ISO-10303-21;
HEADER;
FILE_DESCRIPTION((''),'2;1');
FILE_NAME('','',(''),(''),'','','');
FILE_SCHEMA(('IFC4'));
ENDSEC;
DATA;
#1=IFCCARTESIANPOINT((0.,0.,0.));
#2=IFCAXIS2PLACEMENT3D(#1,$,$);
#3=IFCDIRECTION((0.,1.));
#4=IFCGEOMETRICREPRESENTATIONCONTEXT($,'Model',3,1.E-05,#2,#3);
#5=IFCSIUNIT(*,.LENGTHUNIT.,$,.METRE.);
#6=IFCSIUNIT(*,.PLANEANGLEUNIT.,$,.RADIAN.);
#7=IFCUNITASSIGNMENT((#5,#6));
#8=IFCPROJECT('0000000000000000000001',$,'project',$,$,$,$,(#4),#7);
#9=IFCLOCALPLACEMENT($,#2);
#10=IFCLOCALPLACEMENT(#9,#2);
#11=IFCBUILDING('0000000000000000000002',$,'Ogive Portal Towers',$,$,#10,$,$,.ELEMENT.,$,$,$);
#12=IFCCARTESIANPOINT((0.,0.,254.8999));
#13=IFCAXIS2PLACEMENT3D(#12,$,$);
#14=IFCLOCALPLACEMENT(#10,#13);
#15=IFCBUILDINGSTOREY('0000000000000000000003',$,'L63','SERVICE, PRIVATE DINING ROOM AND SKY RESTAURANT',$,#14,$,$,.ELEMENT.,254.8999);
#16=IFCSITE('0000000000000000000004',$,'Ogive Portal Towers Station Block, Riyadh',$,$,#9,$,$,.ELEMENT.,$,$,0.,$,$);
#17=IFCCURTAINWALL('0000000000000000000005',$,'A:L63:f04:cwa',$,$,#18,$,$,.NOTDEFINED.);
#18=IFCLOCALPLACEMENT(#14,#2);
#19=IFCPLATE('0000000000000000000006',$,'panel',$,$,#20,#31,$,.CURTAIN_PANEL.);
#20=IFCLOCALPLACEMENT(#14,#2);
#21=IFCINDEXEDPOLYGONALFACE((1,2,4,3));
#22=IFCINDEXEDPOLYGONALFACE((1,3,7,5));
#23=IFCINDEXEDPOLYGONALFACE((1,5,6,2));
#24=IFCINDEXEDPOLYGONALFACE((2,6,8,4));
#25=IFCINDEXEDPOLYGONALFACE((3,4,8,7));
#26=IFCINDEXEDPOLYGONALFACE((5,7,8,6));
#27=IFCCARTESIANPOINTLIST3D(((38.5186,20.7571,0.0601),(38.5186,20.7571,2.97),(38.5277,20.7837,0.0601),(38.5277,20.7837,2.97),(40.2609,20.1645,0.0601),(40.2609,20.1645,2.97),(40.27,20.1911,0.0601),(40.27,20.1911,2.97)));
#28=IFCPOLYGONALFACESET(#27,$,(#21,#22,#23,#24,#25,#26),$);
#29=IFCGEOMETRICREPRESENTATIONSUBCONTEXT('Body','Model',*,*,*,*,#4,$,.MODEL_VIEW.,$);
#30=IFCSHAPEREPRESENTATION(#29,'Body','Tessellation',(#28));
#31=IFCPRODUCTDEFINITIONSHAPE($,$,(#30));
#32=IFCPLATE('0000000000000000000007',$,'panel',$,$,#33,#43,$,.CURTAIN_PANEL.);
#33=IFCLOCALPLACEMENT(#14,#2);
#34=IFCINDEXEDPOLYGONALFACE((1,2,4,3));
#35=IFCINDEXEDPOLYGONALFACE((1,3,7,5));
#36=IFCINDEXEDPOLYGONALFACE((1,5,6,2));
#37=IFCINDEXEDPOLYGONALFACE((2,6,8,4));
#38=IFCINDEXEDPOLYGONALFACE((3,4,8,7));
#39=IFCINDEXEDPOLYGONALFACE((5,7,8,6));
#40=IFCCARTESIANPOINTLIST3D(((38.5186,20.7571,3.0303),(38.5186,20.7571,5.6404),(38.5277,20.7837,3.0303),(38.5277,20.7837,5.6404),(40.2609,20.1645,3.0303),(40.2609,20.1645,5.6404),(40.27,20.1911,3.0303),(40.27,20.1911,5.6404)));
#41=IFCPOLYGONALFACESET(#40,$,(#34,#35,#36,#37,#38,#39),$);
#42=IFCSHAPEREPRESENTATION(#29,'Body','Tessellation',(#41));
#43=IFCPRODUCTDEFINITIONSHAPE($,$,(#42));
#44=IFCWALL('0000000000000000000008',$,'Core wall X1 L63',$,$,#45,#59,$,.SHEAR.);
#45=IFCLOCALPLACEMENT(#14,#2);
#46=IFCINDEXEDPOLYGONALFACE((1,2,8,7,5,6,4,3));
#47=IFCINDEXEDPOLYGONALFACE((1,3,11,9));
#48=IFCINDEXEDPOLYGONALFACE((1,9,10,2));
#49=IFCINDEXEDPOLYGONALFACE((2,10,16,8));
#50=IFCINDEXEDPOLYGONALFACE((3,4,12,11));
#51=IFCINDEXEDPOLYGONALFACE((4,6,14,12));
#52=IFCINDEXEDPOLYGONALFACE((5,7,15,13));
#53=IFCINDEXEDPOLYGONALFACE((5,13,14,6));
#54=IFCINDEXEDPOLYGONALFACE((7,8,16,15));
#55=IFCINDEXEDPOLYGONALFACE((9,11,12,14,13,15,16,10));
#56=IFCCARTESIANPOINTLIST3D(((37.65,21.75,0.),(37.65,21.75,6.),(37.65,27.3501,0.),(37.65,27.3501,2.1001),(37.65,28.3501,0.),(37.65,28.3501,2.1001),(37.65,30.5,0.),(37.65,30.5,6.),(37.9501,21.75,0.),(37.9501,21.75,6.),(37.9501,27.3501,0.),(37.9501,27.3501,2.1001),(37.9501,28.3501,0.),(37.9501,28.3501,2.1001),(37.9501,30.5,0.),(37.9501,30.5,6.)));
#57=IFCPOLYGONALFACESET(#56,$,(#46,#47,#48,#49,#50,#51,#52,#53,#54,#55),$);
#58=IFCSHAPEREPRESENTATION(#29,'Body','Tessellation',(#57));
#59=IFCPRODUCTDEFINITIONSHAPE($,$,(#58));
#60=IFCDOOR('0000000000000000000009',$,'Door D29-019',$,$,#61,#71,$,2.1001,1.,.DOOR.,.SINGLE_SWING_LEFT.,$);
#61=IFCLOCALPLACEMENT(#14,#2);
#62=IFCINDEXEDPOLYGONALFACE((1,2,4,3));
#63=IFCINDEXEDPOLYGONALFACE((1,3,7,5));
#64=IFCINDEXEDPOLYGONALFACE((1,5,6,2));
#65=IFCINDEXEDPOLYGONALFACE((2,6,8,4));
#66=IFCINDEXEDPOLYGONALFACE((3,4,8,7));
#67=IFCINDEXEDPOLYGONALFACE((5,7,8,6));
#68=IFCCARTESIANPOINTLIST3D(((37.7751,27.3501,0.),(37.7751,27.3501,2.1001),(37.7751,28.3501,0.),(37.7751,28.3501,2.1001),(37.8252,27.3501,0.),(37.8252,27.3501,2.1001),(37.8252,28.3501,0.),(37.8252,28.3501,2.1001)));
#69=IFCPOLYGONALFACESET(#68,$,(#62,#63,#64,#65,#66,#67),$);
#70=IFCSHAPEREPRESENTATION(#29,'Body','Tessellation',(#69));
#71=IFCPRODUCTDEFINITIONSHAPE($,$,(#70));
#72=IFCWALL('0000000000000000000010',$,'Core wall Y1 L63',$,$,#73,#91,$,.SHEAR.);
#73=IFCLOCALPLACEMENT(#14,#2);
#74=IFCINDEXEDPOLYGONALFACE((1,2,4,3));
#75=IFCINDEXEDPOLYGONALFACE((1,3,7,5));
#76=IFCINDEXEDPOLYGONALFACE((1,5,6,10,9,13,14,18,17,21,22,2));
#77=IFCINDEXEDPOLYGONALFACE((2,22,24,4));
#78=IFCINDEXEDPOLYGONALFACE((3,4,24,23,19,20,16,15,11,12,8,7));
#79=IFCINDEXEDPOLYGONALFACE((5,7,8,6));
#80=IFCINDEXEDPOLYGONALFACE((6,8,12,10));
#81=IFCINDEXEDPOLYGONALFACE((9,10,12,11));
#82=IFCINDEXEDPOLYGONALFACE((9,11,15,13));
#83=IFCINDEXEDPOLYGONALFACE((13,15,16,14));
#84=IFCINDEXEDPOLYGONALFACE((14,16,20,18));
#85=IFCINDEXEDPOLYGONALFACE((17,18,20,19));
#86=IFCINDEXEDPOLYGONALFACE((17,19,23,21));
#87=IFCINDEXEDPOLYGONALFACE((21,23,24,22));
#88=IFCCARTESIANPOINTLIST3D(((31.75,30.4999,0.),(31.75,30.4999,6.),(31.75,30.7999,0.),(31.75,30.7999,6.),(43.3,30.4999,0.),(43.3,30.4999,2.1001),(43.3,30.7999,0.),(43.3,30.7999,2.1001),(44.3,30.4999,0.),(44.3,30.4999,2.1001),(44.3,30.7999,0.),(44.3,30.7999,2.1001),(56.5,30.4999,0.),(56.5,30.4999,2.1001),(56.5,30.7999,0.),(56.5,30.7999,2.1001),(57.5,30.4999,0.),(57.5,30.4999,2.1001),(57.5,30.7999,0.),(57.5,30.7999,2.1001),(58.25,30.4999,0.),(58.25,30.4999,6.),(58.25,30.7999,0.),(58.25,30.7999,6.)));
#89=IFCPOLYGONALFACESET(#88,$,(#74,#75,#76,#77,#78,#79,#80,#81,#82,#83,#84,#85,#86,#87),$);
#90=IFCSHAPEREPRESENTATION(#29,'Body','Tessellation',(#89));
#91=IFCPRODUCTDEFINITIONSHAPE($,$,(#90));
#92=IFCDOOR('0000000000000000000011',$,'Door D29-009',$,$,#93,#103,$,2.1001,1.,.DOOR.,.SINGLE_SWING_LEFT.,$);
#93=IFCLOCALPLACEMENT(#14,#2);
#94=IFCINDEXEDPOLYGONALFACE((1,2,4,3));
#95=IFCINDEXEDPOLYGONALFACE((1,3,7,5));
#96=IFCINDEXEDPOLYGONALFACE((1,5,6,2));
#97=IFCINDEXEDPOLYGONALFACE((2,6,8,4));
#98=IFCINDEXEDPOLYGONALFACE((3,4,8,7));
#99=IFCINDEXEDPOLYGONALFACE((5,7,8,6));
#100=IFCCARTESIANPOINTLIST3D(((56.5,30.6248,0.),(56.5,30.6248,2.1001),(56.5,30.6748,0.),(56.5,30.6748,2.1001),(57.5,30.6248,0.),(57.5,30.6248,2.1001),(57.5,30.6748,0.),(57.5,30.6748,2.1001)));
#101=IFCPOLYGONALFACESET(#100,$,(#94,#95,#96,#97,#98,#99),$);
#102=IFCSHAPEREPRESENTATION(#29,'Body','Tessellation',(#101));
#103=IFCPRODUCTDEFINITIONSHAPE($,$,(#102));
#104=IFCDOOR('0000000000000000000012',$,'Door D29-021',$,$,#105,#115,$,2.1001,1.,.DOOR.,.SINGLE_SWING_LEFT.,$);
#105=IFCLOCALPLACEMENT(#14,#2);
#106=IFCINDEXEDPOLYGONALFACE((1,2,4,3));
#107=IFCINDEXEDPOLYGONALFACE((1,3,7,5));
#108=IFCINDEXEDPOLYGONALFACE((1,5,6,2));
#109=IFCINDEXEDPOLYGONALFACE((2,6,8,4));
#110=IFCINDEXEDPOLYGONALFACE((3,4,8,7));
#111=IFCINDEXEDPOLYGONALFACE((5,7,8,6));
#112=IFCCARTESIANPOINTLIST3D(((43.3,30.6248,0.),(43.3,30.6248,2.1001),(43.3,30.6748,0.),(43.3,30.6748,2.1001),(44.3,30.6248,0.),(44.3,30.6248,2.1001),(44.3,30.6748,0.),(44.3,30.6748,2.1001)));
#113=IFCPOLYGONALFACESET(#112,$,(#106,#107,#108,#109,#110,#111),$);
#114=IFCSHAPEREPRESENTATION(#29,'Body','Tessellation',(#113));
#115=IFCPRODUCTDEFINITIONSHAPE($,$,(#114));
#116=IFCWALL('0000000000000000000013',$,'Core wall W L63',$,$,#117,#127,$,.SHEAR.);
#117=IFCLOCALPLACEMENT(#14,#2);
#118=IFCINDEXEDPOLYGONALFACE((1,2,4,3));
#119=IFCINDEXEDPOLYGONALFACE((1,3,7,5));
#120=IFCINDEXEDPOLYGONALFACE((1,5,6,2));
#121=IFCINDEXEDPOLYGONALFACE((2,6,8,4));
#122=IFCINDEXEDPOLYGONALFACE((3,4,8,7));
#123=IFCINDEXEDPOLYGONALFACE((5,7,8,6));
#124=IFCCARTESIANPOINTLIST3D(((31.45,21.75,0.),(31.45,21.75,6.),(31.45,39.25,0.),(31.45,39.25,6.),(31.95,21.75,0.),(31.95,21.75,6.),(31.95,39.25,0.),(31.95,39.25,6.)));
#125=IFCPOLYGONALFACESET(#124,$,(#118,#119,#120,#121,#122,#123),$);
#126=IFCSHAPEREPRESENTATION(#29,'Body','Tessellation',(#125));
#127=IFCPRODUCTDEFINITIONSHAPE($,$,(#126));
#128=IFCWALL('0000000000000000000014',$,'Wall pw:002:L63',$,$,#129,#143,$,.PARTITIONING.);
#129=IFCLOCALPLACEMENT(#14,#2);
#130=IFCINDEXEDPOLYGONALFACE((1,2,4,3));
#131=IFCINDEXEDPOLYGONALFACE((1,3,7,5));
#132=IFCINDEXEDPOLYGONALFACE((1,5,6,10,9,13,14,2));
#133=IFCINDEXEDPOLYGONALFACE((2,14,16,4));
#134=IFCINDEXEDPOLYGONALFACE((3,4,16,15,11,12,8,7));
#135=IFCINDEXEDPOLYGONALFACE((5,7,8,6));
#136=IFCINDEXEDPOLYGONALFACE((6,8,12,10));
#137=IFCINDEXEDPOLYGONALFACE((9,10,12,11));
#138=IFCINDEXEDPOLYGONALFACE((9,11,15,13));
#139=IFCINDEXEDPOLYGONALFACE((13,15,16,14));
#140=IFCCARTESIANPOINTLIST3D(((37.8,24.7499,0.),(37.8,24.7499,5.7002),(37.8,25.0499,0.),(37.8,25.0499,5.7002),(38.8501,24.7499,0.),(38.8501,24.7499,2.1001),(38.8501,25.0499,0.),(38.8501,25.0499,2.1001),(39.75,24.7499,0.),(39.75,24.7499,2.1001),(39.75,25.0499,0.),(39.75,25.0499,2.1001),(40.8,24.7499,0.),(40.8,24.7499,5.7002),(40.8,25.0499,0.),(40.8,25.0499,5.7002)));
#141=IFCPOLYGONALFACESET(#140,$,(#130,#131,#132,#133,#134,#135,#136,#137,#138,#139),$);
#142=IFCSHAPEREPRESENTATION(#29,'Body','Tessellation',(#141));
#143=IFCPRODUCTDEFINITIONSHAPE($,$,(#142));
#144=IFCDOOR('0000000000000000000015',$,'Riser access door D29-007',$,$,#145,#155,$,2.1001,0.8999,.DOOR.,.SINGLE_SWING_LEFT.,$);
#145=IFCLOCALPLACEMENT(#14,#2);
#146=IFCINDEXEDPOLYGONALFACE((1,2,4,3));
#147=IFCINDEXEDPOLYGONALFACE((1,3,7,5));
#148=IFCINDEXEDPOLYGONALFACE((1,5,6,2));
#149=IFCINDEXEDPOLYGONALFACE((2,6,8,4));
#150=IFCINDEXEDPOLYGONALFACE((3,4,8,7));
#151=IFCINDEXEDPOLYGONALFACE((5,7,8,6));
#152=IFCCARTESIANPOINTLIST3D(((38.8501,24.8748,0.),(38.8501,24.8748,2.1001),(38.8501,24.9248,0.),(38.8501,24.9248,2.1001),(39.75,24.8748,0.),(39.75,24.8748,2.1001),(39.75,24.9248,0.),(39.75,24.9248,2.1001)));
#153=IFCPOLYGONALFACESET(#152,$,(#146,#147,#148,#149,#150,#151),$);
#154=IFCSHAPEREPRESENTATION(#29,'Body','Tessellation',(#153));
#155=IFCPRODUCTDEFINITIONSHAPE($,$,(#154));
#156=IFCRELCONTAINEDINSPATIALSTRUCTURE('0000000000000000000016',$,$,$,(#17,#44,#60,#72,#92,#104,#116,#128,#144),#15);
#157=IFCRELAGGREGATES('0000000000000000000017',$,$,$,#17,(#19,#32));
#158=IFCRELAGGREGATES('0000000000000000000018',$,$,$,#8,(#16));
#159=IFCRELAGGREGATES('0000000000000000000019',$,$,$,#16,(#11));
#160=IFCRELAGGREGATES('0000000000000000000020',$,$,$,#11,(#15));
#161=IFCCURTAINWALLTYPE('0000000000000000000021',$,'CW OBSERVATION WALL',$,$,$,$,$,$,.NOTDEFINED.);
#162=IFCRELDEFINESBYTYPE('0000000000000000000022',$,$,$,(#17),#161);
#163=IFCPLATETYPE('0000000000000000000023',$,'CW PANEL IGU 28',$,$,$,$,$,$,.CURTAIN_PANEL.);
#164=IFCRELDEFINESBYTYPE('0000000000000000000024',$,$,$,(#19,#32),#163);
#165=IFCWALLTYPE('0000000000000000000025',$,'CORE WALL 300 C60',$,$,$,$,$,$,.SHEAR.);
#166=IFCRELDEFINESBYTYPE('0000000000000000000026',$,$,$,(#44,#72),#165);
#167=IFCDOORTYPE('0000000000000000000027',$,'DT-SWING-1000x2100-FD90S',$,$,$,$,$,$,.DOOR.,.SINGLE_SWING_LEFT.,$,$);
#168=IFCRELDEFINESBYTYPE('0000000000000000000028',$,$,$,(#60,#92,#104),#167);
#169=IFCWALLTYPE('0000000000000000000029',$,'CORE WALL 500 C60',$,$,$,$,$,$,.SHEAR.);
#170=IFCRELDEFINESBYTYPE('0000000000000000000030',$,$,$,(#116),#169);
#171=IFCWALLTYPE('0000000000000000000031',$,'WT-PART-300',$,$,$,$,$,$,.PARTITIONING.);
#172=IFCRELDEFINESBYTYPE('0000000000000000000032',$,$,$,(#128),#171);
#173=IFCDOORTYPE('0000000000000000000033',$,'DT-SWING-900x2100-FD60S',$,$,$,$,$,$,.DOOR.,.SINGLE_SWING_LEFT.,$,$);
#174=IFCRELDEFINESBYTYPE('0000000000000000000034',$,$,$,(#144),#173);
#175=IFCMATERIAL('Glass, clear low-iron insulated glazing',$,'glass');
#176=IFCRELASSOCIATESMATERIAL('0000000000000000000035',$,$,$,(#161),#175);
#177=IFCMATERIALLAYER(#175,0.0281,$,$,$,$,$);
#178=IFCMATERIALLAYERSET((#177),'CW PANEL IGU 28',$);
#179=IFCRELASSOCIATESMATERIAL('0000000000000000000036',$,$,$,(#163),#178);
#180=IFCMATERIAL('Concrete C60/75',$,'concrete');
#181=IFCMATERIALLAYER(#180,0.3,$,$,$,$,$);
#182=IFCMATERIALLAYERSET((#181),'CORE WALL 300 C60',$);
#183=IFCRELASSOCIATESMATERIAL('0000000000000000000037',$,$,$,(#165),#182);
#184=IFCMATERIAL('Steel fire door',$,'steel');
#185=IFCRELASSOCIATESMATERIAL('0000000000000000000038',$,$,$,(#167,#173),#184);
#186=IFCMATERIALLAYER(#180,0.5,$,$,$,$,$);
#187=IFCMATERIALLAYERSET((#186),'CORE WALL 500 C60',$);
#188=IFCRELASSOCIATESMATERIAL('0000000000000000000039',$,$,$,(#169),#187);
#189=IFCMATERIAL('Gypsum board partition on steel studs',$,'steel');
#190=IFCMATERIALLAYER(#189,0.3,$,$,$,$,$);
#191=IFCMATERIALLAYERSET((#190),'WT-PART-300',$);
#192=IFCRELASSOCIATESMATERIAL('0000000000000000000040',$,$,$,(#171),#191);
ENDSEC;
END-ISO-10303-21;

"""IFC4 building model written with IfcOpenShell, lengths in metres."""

from ifc_helpers import new_model, si_unit, direction, frame, frame_2d, origin, origin_2d, place, context, subcontext, project, spatial, rectangle, extrude, material, layer, layer_set, type_object, element, fill, aggregate, save


model = new_model("IFC4")

# Units and contexts
model_context = context("Model", 3, precision=1e-05, world=origin(), true_north=direction((0.0, 1.0)))
body_context = subcontext(model_context, "Body", "Model", "MODEL_VIEW")
ifc_project = project(units=[si_unit("LENGTHUNIT", "METRE"), si_unit("PLANEANGLEUNIT", "RADIAN")], contexts=[model_context])

# Site, building, storey
site_placement = place(None, origin())
site = spatial("IfcSite", under=ifc_project, at=site_placement, Name="Ogive Portal Towers Station Block, Riyadh", CompositionType="ELEMENT", RefElevation=0.0)
building_placement = place(site_placement, origin())
building = spatial("IfcBuilding", under=site, at=building_placement, Name="Ogive Portal Towers", CompositionType="ELEMENT")
storey_placement = place(building_placement, frame((0.0, 0.0, 254.8999)))
storey = spatial("IfcBuildingStorey", under=building, at=storey_placement, Name="L63", Description="SERVICE, PRIVATE DINING ROOM AND SKY RESTAURANT", CompositionType="ELEMENT", Elevation=254.8999)

# Curtain wall
ifc_material_1 = material(Name="Glass, clear low-iron insulated glazing", Category="glass")
curtain_wall_type = type_object("IfcCurtainWallType", Name="CW OBSERVATION WALL", PredefinedType="NOTDEFINED", material=ifc_material_1)
curtain_wall_1_placement = place(storey_placement, origin())
curtain_wall_1 = element("IfcCurtainWall", 1, at=curtain_wall_1_placement, inside=storey, type_object=curtain_wall_type, Name="A:L63:f04:cwa", PredefinedType="NOTDEFINED")

# Plates
ifc_layer_1 = layer(ifc_material_1, 0.0281)
ifc_layer_set_1 = layer_set([ifc_layer_1], Name="CW PANEL IGU 28")
plate_type = type_object("IfcPlateType", Name="CW PANEL IGU 28", PredefinedType="CURTAIN_PANEL", material=ifc_layer_set_1)
plate_1_placement = place(storey_placement, frame((39.3943, 20.4741, 0.0601), z_axis=(0.0, 0.0, 1.0), x_axis=(0.946736, -0.32201, 0.0)))
plate_1 = element("IfcPlate", 2, at=plate_1_placement, type_object=plate_type, Name="panel", PredefinedType="CURTAIN_PANEL", context=body_context, shape_type="SweptSolid", body=[
    extrude(rectangle(XDim=1.8403, YDim=0.0281, at=origin_2d()), origin(), (0.0, 0.0, 1.0), 2.9099),
])
plate_2_placement = place(storey_placement, frame((39.3943, 20.4741, 3.0303), z_axis=(0.0, 0.0, 1.0), x_axis=(0.946736, -0.32201, 0.0)))
plate_2 = element("IfcPlate", 3, at=plate_2_placement, type_object=plate_type, Name="panel", PredefinedType="CURTAIN_PANEL", context=body_context, shape_type="SweptSolid", body=[
    extrude(rectangle(XDim=1.8403, YDim=0.0281, at=origin_2d()), origin(), (0.0, 0.0, 1.0), 2.6101),
])
aggregate(curtain_wall_1, [plate_1, plate_2])

# Wall, opening, door
ifc_material_2 = material(Name="Concrete C60/75", Category="concrete")
ifc_layer_2 = layer(ifc_material_2, 0.3)
ifc_layer_set_2 = layer_set([ifc_layer_2], Name="CORE WALL 300 C60")
wall_type_1 = type_object("IfcWallType", Name="CORE WALL 300 C60", PredefinedType="SHEAR", material=ifc_layer_set_2)
wall_1_placement = place(storey_placement, frame((37.8, 21.75, 0.0), z_axis=(0.0, 0.0, 1.0), x_axis=(0.0, 1.0, 0.0)))
wall_1 = element("IfcWall", 4, at=wall_1_placement, inside=storey, type_object=wall_type_1, Name="Core wall X1 L63", PredefinedType="SHEAR", context=body_context, shape_type="SweptSolid", body=[
    extrude(rectangle(XDim=8.75, YDim=0.3, at=frame_2d((4.375, 0.0))), origin(), (0.0, 0.0, 1.0), 6.0),
])
opening_1_placement = place(wall_1_placement, frame((5.6001, 0.0, 0.0)))
opening_1 = element("IfcOpeningElement", 5, at=opening_1_placement, cuts=wall_1, PredefinedType="OPENING", context=body_context, shape_type="SweptSolid", body=[
    extrude(rectangle(XDim=1.0, YDim=2.1001, at=frame_2d((0.5, 1.05))), frame((0.0, 0.1602, 0.0), z_axis=(0.0, -1.0, 0.0), x_axis=(1.0, 0.0, 0.0)), (0.0, 0.0, 1.0), 0.3201),
])
ifc_material_3 = material(Name="Steel fire door", Category="steel")
door_type_1 = type_object("IfcDoorType", Name="DT-SWING-1000x2100-FD90S", OperationType="SINGLE_SWING_LEFT", PredefinedType="DOOR", material=ifc_material_3)
door_1_placement = place(opening_1_placement, origin())
door_1 = element("IfcDoor", 6, at=door_1_placement, inside=storey, type_object=door_type_1, Name="Door D29-019", OperationType="SINGLE_SWING_LEFT", OverallHeight=2.1001, OverallWidth=1.0, PredefinedType="DOOR", context=body_context, shape_type="SweptSolid", body=[
    extrude(rectangle(XDim=1.0, YDim=2.1001, at=frame_2d((0.5, 1.05))), frame((0.0, 0.0249, 0.0), z_axis=(0.0, -1.0, 0.0), x_axis=(1.0, 0.0, 0.0)), (0.0, 0.0, 1.0), 0.05),
])
fill(opening_1, door_1)

# Wall, openings, doors
wall_2_placement = place(storey_placement, frame((31.75, 30.6499, 0.0), z_axis=(0.0, 0.0, 1.0), x_axis=(1.0, 0.0, 0.0)))
wall_2 = element("IfcWall", 7, at=wall_2_placement, inside=storey, type_object=wall_type_1, Name="Core wall Y1 L63", PredefinedType="SHEAR", context=body_context, shape_type="SweptSolid", body=[
    extrude(rectangle(XDim=26.5, YDim=0.3, at=frame_2d((13.25, 0.0))), origin(), (0.0, 0.0, 1.0), 6.0),
])
opening_2_placement = place(wall_2_placement, frame((24.75, 0.0, 0.0)))
opening_2 = element("IfcOpeningElement", 8, at=opening_2_placement, cuts=wall_2, PredefinedType="OPENING", context=body_context, shape_type="SweptSolid", body=[
    extrude(rectangle(XDim=1.0, YDim=2.1001, at=frame_2d((0.5, 1.05))), frame((0.0, 0.1602, 0.0), z_axis=(0.0, -1.0, 0.0), x_axis=(1.0, 0.0, 0.0)), (0.0, 0.0, 1.0), 0.3201),
])
opening_3_placement = place(wall_2_placement, frame((11.55, 0.0, 0.0)))
opening_3 = element("IfcOpeningElement", 9, at=opening_3_placement, cuts=wall_2, PredefinedType="OPENING", context=body_context, shape_type="SweptSolid", body=[
    extrude(rectangle(XDim=1.0, YDim=2.1001, at=frame_2d((0.5, 1.05))), frame((0.0, 0.1602, 0.0), z_axis=(0.0, -1.0, 0.0), x_axis=(1.0, 0.0, 0.0)), (0.0, 0.0, 1.0), 0.3201),
])
door_2_placement = place(opening_2_placement, origin())
door_2 = element("IfcDoor", 10, at=door_2_placement, inside=storey, type_object=door_type_1, Name="Door D29-009", OperationType="SINGLE_SWING_LEFT", OverallHeight=2.1001, OverallWidth=1.0, PredefinedType="DOOR", context=body_context, shape_type="SweptSolid", body=[
    extrude(rectangle(XDim=1.0, YDim=2.1001, at=frame_2d((0.5, 1.05))), frame((0.0, 0.0249, 0.0), z_axis=(0.0, -1.0, 0.0), x_axis=(1.0, 0.0, 0.0)), (0.0, 0.0, 1.0), 0.05),
])
fill(opening_2, door_2)
door_3_placement = place(opening_3_placement, origin())
door_3 = element("IfcDoor", 11, at=door_3_placement, inside=storey, type_object=door_type_1, Name="Door D29-021", OperationType="SINGLE_SWING_LEFT", OverallHeight=2.1001, OverallWidth=1.0, PredefinedType="DOOR", context=body_context, shape_type="SweptSolid", body=[
    extrude(rectangle(XDim=1.0, YDim=2.1001, at=frame_2d((0.5, 1.05))), frame((0.0, 0.0249, 0.0), z_axis=(0.0, -1.0, 0.0), x_axis=(1.0, 0.0, 0.0)), (0.0, 0.0, 1.0), 0.05),
])
fill(opening_3, door_3)

# Wall
ifc_layer_3 = layer(ifc_material_2, 0.5)
ifc_layer_set_3 = layer_set([ifc_layer_3], Name="CORE WALL 500 C60")
wall_type_2 = type_object("IfcWallType", Name="CORE WALL 500 C60", PredefinedType="SHEAR", material=ifc_layer_set_3)
wall_3_placement = place(storey_placement, frame((31.7, 21.75, 0.0), z_axis=(0.0, 0.0, 1.0), x_axis=(0.0, 1.0, 0.0)))
element("IfcWall", 12, at=wall_3_placement, inside=storey, type_object=wall_type_2, Name="Core wall W L63", PredefinedType="SHEAR", context=body_context, shape_type="SweptSolid", body=[
    extrude(rectangle(XDim=17.5, YDim=0.5, at=frame_2d((8.75, 0.0))), origin(), (0.0, 0.0, 1.0), 6.0),
])

# Wall, opening, door
ifc_material_4 = material(Name="Gypsum board partition on steel studs", Category="steel")
ifc_layer_4 = layer(ifc_material_4, 0.3)
ifc_layer_set_4 = layer_set([ifc_layer_4], Name="WT-PART-300")
wall_type_3 = type_object("IfcWallType", Name="WT-PART-300", PredefinedType="PARTITIONING", material=ifc_layer_set_4)
wall_4_placement = place(storey_placement, frame((37.8, 24.8999, 0.0), z_axis=(0.0, 0.0, 1.0), x_axis=(1.0, 0.0, 0.0)))
wall_4 = element("IfcWall", 13, at=wall_4_placement, inside=storey, type_object=wall_type_3, Name="Wall pw:002:L63", PredefinedType="PARTITIONING", context=body_context, shape_type="SweptSolid", body=[
    extrude(rectangle(XDim=3.0, YDim=0.3, at=frame_2d((1.5, 0.0))), origin(), (0.0, 0.0, 1.0), 5.7002),
])
opening_4_placement = place(wall_4_placement, frame((1.05, 0.0, 0.0)))
opening_4 = element("IfcOpeningElement", 14, at=opening_4_placement, cuts=wall_4, PredefinedType="OPENING", context=body_context, shape_type="SweptSolid", body=[
    extrude(rectangle(XDim=0.8999, YDim=2.1001, at=frame_2d((0.45, 1.05))), frame((0.0, 0.1602, 0.0), z_axis=(0.0, -1.0, 0.0), x_axis=(1.0, 0.0, 0.0)), (0.0, 0.0, 1.0), 0.3201),
])
door_type_2 = type_object("IfcDoorType", Name="DT-SWING-900x2100-FD60S", OperationType="SINGLE_SWING_LEFT", PredefinedType="DOOR", material=ifc_material_3)
door_4_placement = place(opening_4_placement, origin())
door_4 = element("IfcDoor", 15, at=door_4_placement, inside=storey, type_object=door_type_2, Name="Riser access door D29-007", OperationType="SINGLE_SWING_LEFT", OverallHeight=2.1001, OverallWidth=0.8999, PredefinedType="DOOR", context=body_context, shape_type="SweptSolid", body=[
    extrude(rectangle(XDim=0.8999, YDim=2.1001, at=frame_2d((0.45, 1.05))), frame((0.0, 0.0249, 0.0), z_axis=(0.0, -1.0, 0.0), x_axis=(1.0, 0.0, 0.0)), (0.0, 0.0, 1.0), 0.05),
])
fill(opening_4, door_4)

save(model, "model.ifc")
